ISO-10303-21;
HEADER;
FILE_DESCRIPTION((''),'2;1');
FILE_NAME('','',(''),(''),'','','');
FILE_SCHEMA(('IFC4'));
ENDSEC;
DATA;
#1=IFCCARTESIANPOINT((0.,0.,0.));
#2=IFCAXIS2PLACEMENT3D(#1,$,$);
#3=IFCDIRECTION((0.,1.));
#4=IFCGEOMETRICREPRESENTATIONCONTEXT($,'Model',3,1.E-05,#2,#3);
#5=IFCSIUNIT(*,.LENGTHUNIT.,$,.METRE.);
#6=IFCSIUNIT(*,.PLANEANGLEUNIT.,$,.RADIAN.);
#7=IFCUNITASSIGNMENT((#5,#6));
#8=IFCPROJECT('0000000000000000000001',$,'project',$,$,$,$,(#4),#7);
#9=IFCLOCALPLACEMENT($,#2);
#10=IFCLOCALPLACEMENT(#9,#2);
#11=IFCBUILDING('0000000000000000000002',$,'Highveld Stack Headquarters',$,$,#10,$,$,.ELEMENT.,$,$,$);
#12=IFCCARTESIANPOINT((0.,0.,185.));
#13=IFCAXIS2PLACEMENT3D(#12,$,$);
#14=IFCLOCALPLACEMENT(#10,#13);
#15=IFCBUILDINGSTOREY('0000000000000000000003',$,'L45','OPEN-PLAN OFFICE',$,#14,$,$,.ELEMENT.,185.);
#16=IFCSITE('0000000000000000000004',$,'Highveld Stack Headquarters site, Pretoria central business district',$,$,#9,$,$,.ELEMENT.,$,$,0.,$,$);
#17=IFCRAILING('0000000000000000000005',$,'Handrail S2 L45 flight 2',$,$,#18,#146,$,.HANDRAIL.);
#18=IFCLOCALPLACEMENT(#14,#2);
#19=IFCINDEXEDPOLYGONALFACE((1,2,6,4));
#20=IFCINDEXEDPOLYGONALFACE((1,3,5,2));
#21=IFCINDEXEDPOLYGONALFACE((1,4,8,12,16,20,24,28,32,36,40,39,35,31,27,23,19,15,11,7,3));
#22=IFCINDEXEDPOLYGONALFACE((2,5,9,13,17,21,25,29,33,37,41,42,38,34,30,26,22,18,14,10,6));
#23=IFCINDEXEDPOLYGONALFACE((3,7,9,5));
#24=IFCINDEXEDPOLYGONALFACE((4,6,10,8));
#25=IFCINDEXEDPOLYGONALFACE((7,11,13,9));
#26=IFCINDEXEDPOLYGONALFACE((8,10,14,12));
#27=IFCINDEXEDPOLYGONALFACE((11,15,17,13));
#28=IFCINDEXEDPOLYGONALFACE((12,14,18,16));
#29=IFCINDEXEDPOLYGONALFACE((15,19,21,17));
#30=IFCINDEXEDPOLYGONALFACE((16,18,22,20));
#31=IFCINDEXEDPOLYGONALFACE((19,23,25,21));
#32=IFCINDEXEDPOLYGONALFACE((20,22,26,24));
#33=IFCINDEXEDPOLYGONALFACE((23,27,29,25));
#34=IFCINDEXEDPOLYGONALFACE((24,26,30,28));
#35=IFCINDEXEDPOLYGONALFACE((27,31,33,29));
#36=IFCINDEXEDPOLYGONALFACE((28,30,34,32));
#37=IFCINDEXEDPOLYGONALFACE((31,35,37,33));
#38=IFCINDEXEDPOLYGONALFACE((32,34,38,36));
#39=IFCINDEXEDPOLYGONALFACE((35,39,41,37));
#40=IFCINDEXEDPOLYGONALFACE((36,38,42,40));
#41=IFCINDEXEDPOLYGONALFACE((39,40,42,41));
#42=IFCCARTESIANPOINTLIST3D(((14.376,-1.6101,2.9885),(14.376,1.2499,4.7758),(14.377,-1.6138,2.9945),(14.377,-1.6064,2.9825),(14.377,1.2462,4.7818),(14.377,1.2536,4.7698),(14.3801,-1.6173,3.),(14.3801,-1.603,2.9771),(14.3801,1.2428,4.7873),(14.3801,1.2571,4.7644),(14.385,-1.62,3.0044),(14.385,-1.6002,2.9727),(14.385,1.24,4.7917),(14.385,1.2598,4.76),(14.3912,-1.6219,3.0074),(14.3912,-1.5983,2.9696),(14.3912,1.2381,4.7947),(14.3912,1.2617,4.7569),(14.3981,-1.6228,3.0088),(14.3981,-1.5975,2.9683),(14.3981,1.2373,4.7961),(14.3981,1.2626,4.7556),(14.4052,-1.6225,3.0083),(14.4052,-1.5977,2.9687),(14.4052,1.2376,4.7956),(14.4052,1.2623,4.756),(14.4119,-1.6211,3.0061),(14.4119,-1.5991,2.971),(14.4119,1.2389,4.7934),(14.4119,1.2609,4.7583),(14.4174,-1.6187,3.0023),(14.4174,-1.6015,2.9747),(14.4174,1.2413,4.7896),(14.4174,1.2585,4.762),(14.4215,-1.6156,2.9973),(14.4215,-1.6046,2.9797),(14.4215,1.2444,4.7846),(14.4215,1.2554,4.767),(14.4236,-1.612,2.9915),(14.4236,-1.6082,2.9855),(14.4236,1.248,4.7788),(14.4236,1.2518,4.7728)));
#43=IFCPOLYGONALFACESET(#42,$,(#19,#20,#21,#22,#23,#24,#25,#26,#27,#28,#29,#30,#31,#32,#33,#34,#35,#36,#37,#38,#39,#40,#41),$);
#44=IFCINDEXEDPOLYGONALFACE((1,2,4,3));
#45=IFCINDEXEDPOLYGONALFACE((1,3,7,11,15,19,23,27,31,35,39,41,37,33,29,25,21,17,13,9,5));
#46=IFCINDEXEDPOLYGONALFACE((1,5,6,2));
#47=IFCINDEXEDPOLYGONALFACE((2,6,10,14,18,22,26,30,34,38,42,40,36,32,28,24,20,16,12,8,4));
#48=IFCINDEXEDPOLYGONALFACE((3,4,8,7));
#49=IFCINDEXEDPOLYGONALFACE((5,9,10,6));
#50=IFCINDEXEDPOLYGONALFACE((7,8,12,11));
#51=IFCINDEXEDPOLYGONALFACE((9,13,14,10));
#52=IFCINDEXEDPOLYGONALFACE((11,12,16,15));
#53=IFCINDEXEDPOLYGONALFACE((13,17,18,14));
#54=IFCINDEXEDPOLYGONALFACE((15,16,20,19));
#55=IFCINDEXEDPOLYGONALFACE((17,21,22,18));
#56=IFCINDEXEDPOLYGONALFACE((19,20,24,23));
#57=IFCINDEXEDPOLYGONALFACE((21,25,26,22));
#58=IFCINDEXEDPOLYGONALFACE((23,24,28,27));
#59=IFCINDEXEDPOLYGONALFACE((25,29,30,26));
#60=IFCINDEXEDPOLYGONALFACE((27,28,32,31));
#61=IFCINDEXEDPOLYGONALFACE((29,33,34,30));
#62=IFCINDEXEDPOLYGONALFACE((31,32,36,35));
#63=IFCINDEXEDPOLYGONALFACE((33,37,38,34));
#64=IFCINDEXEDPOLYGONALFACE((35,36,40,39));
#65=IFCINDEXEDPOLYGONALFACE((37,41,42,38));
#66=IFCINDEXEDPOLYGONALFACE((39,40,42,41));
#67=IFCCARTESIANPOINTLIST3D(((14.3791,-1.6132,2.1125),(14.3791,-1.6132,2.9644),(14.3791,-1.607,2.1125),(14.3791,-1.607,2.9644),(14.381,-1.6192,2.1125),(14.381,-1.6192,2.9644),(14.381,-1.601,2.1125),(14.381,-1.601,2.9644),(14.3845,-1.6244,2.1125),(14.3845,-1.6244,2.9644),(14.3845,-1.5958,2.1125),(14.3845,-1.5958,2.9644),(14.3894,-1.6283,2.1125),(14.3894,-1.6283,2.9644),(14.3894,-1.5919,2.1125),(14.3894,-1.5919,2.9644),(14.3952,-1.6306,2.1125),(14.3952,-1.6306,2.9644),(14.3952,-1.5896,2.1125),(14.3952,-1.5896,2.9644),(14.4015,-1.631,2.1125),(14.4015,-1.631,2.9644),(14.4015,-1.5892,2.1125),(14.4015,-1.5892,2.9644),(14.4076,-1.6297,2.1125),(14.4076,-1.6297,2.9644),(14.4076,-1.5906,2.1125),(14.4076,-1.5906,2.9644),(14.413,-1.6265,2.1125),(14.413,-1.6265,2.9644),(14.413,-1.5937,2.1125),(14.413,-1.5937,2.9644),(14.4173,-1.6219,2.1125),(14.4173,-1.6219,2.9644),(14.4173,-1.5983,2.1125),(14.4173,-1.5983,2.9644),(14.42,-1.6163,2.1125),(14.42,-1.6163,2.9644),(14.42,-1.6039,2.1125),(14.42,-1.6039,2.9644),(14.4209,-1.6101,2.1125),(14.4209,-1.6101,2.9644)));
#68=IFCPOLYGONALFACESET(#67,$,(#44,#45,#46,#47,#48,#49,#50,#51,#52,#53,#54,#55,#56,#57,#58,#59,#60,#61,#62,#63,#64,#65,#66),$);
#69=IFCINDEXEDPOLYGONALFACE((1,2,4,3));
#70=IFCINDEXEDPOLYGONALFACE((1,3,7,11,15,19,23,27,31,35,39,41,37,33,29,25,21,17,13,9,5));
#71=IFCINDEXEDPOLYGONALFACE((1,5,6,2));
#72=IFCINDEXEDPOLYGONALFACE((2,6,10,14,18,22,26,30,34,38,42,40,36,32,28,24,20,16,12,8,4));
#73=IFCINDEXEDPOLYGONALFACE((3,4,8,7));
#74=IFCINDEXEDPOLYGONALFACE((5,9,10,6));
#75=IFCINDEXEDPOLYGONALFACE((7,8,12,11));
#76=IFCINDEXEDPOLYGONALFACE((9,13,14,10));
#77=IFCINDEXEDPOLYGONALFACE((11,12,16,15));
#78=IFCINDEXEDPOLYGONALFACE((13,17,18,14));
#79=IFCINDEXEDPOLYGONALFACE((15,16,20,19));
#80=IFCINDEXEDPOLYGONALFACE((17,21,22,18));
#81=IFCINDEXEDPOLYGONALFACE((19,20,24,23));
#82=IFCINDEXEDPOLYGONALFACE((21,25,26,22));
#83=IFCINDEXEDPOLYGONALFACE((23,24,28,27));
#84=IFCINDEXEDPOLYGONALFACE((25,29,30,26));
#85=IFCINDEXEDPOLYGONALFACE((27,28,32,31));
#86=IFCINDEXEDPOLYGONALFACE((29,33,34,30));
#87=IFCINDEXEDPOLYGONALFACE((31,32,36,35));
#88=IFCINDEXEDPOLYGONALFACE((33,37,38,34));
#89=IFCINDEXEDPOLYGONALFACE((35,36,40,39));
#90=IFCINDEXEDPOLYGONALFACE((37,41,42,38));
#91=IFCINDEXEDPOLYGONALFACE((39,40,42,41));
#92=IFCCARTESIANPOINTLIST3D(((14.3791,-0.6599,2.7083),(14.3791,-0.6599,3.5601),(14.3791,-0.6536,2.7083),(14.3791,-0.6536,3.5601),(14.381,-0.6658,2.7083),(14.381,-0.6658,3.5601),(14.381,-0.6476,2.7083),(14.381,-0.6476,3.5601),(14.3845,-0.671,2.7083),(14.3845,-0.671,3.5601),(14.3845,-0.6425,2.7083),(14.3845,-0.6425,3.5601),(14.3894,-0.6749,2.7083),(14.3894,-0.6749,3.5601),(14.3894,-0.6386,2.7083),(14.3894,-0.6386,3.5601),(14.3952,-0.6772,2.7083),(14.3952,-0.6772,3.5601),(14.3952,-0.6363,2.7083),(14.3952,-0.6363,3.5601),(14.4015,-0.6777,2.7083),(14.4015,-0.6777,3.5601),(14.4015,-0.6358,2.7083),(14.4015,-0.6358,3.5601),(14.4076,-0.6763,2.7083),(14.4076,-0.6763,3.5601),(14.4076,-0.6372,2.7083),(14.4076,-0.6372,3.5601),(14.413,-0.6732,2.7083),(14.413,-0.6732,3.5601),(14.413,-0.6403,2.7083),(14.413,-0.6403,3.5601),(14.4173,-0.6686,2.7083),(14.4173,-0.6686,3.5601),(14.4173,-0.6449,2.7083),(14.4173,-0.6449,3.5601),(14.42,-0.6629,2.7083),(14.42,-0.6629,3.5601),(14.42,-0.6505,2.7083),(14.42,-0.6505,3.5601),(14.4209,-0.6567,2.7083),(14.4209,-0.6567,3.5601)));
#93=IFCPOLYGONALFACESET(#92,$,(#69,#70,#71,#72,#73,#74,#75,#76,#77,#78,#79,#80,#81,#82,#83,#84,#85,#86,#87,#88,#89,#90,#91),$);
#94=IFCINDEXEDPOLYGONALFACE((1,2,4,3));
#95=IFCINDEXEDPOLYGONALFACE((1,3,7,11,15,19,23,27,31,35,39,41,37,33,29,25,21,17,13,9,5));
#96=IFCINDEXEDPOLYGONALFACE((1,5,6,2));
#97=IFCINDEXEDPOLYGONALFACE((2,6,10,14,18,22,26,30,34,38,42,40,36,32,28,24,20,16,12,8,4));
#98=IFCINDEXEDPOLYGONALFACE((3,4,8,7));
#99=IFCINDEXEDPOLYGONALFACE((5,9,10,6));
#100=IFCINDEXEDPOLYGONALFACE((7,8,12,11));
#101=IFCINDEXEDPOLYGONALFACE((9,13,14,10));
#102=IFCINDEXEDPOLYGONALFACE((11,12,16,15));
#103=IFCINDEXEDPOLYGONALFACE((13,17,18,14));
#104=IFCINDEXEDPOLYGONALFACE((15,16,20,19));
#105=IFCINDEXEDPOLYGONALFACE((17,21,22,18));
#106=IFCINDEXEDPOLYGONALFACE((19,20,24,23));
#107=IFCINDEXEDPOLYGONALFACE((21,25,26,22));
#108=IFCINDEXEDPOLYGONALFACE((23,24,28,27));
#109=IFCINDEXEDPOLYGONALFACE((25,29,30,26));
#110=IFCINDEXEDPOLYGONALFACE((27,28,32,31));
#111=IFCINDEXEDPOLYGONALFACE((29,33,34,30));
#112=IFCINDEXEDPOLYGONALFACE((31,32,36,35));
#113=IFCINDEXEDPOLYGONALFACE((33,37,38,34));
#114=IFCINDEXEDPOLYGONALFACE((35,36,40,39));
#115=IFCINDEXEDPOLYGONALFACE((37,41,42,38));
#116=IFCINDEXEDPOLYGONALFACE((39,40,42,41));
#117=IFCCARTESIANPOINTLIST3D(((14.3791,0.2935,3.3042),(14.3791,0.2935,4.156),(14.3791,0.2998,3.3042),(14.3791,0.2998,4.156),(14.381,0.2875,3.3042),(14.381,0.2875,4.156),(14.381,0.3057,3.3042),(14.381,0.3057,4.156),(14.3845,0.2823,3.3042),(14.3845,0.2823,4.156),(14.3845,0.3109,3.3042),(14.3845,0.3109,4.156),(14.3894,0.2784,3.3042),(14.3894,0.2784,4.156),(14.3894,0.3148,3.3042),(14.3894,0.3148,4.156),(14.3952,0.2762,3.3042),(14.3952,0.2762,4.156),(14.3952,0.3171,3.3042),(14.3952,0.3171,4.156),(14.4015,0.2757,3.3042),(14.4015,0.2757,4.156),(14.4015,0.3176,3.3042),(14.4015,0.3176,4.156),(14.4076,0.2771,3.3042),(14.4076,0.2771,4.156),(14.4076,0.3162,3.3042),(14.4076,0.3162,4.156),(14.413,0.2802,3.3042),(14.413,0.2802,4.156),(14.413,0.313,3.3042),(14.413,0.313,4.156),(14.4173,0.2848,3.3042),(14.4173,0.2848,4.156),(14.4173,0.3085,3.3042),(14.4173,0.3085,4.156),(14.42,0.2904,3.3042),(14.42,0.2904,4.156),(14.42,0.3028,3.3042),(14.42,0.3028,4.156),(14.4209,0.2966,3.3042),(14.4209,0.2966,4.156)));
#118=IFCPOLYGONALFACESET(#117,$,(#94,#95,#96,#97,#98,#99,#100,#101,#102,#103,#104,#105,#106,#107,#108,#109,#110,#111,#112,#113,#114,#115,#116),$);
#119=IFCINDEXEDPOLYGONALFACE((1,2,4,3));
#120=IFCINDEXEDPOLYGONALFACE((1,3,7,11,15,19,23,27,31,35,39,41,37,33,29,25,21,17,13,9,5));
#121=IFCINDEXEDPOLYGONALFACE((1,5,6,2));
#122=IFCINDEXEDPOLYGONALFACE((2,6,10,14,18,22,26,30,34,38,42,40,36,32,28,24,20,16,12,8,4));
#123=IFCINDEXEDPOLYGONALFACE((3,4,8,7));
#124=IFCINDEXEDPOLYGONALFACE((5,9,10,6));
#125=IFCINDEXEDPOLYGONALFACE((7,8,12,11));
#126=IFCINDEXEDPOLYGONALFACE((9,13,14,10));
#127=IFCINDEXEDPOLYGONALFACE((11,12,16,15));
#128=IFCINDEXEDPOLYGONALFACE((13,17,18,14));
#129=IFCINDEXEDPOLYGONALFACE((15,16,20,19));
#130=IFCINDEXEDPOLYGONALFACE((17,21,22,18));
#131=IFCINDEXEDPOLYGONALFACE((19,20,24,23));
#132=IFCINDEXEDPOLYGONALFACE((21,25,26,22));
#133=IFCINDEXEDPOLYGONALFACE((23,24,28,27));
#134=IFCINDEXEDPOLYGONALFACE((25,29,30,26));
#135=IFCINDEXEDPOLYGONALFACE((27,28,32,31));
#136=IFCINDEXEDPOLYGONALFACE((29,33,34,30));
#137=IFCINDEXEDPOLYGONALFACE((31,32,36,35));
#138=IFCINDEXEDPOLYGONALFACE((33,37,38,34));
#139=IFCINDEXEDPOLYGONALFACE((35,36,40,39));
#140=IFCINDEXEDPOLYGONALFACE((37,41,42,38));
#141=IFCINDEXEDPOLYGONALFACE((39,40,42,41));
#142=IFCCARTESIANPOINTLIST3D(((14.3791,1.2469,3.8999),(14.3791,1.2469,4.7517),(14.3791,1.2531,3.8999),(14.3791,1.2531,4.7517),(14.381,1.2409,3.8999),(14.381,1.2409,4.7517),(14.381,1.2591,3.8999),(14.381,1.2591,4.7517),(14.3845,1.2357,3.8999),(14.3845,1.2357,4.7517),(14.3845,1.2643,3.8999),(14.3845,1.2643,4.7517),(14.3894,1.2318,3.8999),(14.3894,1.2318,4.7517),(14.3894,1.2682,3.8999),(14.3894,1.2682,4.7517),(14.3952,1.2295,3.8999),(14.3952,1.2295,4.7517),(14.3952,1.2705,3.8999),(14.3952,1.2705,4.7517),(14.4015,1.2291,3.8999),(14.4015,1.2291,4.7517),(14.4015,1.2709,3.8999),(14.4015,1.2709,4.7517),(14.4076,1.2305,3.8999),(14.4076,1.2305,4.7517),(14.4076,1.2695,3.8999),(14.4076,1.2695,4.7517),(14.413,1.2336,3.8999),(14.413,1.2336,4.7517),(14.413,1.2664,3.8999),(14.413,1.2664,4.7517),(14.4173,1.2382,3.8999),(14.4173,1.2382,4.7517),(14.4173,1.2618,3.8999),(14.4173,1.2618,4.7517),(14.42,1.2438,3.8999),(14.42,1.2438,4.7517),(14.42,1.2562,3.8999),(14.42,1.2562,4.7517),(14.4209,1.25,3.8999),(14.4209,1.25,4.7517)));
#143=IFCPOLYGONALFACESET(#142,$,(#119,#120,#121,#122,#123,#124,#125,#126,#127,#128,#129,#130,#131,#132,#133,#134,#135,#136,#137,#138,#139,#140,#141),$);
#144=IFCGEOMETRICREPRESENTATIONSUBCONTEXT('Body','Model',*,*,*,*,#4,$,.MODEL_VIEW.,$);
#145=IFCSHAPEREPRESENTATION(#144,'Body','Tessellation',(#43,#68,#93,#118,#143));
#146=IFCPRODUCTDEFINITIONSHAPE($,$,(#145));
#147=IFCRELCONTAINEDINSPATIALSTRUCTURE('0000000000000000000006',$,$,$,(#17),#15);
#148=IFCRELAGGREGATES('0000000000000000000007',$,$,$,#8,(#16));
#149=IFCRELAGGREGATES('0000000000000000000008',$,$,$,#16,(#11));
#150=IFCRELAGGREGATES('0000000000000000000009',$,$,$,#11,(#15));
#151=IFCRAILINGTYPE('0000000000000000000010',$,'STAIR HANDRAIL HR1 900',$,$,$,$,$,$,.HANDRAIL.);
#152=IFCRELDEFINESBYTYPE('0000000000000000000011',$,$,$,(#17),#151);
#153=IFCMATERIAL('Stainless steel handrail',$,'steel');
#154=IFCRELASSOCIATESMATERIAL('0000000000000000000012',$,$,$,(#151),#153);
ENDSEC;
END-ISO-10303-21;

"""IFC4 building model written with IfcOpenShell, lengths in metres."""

from ifc_helpers import new_model, si_unit, direction, frame, origin, origin_2d, place, context, subcontext, project, spatial, circle, extrude, material, type_object, element, save


model = new_model("IFC4")

# Units and contexts
model_context = context("Model", 3, precision=1e-05, world=origin(), true_north=direction((0.0, 1.0)))
body_context = subcontext(model_context, "Body", "Model", "MODEL_VIEW")
ifc_project = project(units=[si_unit("LENGTHUNIT", "METRE"), si_unit("PLANEANGLEUNIT", "RADIAN")], contexts=[model_context])

# Site, building, storey
site_placement = place(None, origin())
site = spatial("IfcSite", under=ifc_project, at=site_placement, Name="Highveld Stack Headquarters site, Pretoria central business district", CompositionType="ELEMENT", RefElevation=0.0)
building_placement = place(site_placement, origin())
building = spatial("IfcBuilding", under=site, at=building_placement, Name="Highveld Stack Headquarters", CompositionType="ELEMENT")
storey_placement = place(building_placement, frame((0.0, 0.0, 185.0)))
storey = spatial("IfcBuildingStorey", under=building, at=storey_placement, Name="L45", Description="OPEN-PLAN OFFICE", CompositionType="ELEMENT", Elevation=185.0)

# Railing
ifc_material_1 = material(Name="Stainless steel handrail", Category="steel")
railing_type = type_object("IfcRailingType", Name="STAIR HANDRAIL HR1 900", PredefinedType="HANDRAIL", material=ifc_material_1)
for number, where, name in (
    (1, (14.3999, -1.6101, 2.1125), "Handrail S2 L45 flight 2"),
):
    element("IfcRailing", number, at=place(storey_placement, frame(where)), inside=storey, type_object=railing_type, Name=name, PredefinedType="HANDRAIL", context=body_context, shape_type="SweptSolid", body=[
        extrude(circle(Radius=0.0239, at=origin_2d()), frame((0.0, 0.0, 0.876), z_axis=(0.0, 0.848027, 0.529953), x_axis=(-1.0, 0.0, 0.0)), (0.0, 0.0, 1.0), 3.3726),
        extrude(circle(Radius=0.021, at=origin_2d()), origin(), (0.0, 0.0, 1.0), 0.8518),
        extrude(circle(Radius=0.021, at=origin_2d()), frame((0.0, 0.9534, 0.5957)), (0.0, 0.0, 1.0), 0.8518),
        extrude(circle(Radius=0.021, at=origin_2d()), frame((0.0, 1.9067, 1.1917)), (0.0, 0.0, 1.0), 0.8518),
        extrude(circle(Radius=0.021, at=origin_2d()), frame((0.0, 2.8601, 1.7874)), (0.0, 0.0, 1.0), 0.8518),
    ])

save(model, "model.ifc")
